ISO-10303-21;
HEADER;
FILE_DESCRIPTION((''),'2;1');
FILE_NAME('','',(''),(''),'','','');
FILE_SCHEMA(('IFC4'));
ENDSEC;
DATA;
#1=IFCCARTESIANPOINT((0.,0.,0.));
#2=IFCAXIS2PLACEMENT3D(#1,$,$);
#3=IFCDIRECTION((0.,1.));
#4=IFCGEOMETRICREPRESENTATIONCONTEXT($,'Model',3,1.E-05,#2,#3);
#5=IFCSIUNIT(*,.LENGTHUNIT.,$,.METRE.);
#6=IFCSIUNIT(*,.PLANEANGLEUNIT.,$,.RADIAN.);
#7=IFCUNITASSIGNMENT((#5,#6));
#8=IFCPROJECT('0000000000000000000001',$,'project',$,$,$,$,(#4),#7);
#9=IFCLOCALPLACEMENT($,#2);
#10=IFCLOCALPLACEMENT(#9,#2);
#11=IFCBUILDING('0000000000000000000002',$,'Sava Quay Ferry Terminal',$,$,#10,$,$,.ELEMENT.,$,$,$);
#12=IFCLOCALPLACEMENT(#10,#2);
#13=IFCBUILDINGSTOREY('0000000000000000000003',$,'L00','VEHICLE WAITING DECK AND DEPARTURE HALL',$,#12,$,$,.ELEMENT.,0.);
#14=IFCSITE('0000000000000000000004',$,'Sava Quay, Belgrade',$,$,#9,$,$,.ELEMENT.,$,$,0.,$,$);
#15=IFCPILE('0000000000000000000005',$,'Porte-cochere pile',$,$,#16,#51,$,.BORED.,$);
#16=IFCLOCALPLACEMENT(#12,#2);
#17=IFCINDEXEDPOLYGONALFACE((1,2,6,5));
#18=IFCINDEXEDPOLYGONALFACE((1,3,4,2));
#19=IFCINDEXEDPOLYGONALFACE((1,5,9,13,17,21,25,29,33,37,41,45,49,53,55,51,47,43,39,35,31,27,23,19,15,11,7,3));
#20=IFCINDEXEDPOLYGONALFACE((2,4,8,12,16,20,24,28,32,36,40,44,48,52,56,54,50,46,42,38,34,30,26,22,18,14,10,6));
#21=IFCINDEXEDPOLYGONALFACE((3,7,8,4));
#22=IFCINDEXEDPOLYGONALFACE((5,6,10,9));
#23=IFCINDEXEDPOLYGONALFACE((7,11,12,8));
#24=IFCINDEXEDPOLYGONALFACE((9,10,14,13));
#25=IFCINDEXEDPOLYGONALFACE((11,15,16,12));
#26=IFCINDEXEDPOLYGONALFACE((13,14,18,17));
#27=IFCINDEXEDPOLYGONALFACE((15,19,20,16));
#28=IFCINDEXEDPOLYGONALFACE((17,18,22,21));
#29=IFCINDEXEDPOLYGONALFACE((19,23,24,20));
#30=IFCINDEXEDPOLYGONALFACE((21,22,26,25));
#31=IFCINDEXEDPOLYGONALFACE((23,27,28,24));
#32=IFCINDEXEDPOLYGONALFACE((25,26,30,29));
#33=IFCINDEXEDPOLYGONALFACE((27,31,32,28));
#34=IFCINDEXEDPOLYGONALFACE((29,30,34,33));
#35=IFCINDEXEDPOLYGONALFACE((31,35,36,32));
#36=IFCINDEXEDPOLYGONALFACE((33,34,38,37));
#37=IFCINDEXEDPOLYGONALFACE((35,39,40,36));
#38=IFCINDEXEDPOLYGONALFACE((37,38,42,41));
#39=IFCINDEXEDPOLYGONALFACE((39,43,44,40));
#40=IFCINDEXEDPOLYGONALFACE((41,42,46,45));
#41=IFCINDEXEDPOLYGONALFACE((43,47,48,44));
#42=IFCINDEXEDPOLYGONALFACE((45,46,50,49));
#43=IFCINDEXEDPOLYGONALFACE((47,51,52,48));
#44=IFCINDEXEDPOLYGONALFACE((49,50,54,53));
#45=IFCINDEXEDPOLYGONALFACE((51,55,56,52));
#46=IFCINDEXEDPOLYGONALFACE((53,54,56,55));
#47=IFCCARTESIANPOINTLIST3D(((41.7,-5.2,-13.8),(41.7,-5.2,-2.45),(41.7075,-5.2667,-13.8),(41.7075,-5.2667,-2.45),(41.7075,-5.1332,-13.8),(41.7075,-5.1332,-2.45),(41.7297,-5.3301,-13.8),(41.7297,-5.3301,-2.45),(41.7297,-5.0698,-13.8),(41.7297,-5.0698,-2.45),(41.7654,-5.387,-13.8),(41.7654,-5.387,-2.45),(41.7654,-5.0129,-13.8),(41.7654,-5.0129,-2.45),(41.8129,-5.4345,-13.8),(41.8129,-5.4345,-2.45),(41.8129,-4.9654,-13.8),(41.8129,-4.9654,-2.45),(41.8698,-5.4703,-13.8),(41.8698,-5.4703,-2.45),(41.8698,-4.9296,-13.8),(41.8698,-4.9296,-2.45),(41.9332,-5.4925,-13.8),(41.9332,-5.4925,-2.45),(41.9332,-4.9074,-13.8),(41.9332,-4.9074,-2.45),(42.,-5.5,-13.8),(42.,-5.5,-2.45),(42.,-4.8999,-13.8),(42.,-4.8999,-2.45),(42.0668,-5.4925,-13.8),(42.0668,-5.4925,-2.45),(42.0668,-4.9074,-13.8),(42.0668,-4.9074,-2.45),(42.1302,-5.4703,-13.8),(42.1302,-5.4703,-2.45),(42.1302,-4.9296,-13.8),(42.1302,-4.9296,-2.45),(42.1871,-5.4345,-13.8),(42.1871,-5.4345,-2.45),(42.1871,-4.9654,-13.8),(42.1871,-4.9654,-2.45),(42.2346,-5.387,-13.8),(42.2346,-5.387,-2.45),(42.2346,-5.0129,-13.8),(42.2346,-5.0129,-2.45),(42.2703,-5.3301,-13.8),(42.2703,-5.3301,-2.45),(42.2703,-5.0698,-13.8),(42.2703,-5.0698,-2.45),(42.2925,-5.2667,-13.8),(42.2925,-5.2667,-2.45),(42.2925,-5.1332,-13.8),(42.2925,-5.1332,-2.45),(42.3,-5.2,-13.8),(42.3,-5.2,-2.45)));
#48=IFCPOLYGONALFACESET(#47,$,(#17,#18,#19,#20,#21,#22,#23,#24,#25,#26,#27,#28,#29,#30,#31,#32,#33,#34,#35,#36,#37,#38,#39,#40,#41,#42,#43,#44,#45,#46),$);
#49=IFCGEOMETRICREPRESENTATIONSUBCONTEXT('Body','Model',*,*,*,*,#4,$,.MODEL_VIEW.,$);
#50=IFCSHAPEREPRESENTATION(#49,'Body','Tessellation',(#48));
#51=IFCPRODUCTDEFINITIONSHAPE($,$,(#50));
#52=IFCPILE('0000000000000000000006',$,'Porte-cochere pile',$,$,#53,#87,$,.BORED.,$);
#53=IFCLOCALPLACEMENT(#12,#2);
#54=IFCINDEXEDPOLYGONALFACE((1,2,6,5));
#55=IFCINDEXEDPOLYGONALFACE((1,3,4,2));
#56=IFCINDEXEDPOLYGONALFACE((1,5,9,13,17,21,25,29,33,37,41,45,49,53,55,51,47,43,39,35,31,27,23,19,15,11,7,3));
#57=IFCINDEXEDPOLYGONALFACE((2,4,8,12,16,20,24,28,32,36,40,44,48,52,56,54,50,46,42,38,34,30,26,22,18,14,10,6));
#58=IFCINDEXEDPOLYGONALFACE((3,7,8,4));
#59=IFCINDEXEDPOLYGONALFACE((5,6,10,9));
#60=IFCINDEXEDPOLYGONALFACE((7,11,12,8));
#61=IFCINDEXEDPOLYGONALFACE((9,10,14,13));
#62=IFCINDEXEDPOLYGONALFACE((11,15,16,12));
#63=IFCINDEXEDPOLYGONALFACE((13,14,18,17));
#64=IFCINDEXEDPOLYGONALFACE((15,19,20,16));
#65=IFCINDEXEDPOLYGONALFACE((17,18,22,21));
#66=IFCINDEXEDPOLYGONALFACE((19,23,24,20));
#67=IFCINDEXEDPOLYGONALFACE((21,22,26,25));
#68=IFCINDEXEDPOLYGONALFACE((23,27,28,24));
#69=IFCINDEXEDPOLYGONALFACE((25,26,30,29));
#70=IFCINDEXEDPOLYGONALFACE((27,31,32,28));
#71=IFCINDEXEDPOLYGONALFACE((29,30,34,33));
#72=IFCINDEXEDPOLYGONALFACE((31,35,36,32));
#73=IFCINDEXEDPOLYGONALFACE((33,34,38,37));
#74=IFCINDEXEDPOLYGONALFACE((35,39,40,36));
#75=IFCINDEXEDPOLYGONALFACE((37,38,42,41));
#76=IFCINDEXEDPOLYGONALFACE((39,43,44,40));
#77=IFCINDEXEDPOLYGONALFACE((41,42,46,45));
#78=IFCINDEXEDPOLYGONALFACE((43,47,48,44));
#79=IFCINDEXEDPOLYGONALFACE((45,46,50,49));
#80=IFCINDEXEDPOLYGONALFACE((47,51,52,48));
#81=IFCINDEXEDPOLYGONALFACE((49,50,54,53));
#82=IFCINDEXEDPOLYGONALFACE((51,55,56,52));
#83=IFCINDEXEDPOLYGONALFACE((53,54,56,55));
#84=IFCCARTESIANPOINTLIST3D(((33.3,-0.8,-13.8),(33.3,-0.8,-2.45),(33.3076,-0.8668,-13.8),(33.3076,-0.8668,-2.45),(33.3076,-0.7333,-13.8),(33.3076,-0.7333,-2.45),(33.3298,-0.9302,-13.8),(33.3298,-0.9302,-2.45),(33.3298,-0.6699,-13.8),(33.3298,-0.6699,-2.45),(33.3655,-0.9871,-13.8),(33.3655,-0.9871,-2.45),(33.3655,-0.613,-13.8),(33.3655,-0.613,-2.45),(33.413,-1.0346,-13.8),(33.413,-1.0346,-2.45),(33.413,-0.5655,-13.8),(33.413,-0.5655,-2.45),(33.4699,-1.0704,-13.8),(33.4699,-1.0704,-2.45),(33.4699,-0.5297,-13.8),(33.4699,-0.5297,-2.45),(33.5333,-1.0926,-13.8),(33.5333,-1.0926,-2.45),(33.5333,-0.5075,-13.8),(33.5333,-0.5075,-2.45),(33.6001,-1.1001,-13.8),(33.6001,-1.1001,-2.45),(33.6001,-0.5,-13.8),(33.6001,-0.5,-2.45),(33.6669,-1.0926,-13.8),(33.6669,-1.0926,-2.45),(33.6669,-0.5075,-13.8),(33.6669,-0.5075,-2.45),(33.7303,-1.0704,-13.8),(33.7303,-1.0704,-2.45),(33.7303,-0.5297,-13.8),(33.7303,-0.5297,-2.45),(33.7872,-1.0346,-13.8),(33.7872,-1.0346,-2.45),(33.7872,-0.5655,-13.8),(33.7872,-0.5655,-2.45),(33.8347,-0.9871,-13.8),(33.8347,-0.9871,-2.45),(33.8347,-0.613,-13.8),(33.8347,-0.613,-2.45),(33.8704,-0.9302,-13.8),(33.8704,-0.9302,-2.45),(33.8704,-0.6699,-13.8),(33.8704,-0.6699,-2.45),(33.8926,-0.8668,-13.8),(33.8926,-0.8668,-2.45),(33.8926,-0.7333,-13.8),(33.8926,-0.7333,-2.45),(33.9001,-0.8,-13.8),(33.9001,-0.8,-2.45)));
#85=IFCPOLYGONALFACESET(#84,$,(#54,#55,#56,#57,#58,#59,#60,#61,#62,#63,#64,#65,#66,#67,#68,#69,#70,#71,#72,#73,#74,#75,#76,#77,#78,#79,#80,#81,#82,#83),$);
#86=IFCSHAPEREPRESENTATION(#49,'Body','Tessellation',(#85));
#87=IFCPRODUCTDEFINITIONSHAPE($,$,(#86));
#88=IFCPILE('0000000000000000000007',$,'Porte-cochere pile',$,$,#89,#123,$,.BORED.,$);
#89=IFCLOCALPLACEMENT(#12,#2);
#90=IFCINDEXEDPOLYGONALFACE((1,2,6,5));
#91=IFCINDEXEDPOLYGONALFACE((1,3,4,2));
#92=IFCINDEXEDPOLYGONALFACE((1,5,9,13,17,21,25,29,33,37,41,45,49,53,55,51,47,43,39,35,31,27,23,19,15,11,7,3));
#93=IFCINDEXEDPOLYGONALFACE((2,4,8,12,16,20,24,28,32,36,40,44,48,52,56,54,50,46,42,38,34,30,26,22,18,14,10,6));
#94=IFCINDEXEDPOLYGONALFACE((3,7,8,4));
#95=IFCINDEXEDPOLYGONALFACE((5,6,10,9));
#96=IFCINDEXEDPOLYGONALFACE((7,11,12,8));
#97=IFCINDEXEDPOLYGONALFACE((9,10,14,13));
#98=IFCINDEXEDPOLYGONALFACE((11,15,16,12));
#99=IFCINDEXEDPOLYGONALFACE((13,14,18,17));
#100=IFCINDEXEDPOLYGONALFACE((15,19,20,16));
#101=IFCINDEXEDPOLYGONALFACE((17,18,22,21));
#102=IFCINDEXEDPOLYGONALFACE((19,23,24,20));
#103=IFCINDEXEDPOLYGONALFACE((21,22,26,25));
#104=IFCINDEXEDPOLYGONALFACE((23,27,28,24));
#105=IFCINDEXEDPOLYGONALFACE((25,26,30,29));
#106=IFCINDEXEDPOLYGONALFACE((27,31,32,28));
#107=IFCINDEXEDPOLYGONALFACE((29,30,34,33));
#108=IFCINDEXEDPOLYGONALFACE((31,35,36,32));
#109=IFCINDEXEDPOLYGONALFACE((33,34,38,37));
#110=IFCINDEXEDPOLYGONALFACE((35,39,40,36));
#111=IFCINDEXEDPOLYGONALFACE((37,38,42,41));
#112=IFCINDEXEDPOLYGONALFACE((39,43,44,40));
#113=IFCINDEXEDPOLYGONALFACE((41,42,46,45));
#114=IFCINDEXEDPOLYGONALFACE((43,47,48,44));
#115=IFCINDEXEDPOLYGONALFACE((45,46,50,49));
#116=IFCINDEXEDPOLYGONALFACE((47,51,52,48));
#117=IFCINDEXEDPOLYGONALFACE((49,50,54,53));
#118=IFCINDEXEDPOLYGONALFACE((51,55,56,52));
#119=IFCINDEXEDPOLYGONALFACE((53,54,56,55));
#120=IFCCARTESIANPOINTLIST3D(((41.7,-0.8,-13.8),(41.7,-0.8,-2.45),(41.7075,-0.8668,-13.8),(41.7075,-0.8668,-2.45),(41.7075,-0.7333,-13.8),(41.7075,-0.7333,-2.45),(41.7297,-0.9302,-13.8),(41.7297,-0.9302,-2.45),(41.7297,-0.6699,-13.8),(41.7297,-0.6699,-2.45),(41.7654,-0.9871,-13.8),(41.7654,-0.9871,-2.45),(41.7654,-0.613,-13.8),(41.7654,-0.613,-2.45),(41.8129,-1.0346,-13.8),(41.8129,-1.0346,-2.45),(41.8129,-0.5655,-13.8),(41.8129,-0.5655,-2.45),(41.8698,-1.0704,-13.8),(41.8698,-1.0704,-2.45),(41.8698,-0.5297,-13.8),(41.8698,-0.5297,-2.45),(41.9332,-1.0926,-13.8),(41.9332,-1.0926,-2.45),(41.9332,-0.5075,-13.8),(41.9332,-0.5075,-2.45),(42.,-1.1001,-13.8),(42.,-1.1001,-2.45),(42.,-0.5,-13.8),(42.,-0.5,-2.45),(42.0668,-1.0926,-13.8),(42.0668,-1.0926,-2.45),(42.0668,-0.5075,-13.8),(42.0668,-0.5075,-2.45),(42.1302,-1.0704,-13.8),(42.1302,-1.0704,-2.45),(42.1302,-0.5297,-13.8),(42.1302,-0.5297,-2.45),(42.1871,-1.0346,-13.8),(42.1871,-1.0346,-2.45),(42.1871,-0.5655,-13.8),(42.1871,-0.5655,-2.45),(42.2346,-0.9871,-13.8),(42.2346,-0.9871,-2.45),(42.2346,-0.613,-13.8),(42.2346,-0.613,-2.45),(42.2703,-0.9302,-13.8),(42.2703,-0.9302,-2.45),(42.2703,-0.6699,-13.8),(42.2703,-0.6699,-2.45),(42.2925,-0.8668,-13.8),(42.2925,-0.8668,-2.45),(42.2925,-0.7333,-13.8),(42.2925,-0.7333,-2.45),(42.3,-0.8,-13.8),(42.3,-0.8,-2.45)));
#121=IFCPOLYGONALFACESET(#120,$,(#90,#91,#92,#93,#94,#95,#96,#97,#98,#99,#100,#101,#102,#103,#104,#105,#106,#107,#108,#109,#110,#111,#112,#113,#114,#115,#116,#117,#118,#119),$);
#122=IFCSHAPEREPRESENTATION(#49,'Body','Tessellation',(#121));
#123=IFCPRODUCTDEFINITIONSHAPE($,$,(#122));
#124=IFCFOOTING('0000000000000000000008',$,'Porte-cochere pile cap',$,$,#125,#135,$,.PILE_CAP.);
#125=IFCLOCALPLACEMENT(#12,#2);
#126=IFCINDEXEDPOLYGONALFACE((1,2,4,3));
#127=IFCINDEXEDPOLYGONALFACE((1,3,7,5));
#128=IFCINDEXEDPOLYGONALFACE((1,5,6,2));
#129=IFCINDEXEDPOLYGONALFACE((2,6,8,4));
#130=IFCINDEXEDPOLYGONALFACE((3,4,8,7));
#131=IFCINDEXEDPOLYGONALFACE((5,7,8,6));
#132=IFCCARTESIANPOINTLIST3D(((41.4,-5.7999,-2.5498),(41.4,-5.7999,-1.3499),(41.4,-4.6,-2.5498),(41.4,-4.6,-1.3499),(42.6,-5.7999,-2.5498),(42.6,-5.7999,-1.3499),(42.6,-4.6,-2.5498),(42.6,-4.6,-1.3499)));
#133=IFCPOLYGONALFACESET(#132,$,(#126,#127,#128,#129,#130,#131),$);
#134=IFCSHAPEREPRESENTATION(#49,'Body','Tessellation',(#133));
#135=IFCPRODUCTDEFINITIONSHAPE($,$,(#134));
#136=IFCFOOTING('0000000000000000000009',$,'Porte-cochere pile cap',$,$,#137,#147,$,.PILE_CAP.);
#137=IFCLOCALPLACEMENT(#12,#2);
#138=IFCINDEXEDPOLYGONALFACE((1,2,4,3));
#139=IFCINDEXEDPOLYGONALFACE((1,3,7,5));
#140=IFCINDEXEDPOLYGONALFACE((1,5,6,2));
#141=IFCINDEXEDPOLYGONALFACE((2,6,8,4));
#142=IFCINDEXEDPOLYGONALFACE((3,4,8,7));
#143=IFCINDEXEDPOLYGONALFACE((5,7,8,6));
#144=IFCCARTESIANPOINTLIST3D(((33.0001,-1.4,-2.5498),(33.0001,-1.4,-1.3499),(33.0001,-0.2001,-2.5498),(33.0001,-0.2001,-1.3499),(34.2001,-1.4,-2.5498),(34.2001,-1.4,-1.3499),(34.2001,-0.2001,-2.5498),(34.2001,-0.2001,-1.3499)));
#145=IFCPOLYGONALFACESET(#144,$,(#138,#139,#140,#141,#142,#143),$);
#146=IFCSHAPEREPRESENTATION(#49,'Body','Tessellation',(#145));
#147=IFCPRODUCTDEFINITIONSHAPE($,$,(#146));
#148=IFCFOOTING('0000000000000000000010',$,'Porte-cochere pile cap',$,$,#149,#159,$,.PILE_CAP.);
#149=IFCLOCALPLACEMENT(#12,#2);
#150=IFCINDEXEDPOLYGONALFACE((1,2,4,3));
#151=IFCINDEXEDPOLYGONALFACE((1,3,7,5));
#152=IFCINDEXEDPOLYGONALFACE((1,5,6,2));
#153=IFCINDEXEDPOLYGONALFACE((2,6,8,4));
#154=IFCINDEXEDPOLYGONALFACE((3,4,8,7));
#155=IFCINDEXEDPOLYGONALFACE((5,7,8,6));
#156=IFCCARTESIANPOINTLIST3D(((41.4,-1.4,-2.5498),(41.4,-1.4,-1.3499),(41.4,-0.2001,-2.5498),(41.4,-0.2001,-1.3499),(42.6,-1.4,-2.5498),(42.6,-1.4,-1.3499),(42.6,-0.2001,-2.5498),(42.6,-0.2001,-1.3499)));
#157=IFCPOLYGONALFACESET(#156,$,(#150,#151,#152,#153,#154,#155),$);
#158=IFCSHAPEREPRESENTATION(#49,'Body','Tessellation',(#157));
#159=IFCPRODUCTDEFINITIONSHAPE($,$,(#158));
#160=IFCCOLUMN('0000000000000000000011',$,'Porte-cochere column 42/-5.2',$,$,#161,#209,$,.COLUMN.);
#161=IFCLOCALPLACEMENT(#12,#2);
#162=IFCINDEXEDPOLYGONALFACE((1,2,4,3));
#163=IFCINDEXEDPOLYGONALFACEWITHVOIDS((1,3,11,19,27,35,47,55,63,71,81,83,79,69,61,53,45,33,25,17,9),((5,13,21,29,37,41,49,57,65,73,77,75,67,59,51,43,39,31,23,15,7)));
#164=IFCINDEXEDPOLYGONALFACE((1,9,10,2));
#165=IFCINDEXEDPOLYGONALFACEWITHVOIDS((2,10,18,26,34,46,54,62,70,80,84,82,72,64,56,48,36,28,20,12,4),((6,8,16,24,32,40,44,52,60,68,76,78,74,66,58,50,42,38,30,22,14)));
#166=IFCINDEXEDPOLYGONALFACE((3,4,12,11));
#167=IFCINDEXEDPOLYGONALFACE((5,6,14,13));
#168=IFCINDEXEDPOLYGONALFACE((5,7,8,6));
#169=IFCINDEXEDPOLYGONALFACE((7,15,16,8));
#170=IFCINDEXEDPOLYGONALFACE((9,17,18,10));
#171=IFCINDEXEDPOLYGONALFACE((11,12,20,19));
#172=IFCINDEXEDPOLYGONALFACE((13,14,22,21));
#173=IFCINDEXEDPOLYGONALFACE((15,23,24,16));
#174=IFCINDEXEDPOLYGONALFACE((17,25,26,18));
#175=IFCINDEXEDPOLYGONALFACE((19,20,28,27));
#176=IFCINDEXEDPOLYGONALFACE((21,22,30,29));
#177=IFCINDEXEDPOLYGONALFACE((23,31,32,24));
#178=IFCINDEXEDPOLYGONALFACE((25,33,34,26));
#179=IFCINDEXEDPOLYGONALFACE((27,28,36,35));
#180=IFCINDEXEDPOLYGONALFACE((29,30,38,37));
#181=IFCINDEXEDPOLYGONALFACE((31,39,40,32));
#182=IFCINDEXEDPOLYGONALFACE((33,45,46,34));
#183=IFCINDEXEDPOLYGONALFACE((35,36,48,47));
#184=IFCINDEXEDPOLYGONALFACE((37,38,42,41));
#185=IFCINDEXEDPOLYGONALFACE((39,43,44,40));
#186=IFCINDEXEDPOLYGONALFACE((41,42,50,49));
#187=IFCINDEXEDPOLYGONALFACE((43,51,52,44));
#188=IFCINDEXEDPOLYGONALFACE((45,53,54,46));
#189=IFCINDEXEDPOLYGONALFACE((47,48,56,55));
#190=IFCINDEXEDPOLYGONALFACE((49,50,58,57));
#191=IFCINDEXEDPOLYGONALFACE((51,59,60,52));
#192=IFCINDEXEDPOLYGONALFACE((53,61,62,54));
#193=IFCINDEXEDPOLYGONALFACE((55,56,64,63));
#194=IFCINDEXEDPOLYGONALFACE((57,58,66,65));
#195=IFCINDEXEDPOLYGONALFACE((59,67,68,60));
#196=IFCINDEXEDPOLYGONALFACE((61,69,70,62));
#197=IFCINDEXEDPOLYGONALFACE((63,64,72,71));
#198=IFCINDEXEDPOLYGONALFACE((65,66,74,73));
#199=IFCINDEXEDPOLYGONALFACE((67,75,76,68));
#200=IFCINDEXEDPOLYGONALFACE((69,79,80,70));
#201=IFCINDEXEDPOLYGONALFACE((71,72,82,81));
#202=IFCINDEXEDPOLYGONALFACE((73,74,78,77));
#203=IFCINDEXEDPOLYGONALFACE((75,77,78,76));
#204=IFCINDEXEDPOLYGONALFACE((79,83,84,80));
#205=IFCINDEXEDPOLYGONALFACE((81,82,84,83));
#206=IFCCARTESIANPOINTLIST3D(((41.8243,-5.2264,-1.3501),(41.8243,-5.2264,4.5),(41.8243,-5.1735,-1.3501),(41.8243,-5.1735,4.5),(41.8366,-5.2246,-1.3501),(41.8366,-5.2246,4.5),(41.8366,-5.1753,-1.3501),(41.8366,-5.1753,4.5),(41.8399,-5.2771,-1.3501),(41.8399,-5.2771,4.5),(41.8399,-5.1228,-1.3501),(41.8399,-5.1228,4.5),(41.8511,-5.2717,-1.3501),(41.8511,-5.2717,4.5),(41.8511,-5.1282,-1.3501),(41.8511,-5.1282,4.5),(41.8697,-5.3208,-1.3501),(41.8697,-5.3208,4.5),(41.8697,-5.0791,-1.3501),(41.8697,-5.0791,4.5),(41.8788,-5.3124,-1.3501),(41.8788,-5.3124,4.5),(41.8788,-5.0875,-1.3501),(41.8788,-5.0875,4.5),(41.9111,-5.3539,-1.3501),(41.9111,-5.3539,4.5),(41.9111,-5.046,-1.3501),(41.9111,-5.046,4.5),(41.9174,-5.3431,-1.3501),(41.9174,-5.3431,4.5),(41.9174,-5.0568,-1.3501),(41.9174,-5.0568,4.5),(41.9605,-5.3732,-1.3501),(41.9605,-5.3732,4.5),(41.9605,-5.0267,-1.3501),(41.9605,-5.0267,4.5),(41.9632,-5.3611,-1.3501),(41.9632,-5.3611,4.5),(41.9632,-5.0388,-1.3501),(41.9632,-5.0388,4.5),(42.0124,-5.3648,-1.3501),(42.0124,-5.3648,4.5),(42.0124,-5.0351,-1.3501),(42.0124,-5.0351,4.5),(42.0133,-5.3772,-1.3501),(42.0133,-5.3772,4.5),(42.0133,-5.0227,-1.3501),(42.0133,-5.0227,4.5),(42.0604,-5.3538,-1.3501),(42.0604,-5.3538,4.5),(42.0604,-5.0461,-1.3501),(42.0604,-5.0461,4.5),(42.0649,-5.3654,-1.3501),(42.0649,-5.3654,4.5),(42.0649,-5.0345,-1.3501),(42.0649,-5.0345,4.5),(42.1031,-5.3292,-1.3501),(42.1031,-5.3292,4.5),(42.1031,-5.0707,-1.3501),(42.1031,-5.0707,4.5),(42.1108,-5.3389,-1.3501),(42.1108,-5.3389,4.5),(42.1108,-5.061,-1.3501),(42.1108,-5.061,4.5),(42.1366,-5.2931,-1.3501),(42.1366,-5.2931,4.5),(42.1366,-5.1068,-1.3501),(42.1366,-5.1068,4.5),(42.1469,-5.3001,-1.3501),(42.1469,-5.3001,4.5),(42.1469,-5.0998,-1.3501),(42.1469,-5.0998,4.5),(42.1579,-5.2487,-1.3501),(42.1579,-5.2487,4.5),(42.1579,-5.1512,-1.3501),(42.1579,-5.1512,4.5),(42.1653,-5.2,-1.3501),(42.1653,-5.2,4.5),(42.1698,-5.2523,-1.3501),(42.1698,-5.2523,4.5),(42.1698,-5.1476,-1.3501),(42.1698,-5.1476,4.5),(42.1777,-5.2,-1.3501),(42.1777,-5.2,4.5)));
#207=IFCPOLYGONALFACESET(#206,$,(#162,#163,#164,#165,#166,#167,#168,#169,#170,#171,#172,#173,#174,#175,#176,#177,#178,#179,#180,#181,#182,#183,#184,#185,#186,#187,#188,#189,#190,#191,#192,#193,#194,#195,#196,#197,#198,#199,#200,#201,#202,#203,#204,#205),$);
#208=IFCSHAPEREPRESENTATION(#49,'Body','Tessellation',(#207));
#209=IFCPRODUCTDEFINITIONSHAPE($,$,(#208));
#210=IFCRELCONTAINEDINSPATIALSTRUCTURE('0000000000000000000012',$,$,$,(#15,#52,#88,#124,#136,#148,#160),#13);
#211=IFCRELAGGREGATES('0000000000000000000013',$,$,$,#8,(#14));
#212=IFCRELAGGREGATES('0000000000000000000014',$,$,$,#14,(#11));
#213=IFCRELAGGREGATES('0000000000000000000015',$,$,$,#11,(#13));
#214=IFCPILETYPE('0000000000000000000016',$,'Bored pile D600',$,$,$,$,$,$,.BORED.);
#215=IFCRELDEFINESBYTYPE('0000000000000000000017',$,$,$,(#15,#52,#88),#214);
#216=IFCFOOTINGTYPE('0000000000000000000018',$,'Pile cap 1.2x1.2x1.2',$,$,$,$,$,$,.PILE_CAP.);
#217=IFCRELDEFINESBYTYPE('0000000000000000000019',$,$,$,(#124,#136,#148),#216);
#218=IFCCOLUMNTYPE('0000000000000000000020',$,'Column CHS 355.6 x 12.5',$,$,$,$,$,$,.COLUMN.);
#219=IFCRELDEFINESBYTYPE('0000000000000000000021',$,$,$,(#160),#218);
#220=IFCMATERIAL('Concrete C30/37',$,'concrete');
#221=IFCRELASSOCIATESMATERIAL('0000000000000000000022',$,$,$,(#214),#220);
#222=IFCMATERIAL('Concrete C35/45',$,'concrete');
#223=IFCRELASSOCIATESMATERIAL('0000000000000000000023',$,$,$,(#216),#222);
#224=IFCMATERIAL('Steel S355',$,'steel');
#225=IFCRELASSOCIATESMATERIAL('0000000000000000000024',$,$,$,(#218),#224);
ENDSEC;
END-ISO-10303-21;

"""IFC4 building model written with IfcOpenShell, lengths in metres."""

from ifc_helpers import new_model, si_unit, direction, frame, origin, origin_2d, place, context, subcontext, project, spatial, rectangle, circle, hollow_circle, extrude, material, material_profile, profile_set, type_object, element, save


model = new_model("IFC4")

# Units and contexts
model_context = context("Model", 3, precision=1e-05, world=origin(), true_north=direction((0.0, 1.0)))
body_context = subcontext(model_context, "Body", "Model", "MODEL_VIEW")
ifc_project = project(units=[si_unit("LENGTHUNIT", "METRE"), si_unit("PLANEANGLEUNIT", "RADIAN")], contexts=[model_context])

# Site, building, storey
site_placement = place(None, origin())
site = spatial("IfcSite", under=ifc_project, at=site_placement, Name="Sava Quay, Belgrade", CompositionType="ELEMENT", RefElevation=0.0)
building_placement = place(site_placement, origin())
building = spatial("IfcBuilding", under=site, at=building_placement, Name="Sava Quay Ferry Terminal", CompositionType="ELEMENT")
storey_placement = place(building_placement, origin())
storey = spatial("IfcBuildingStorey", under=building, at=storey_placement, Name="L00", Description="VEHICLE WAITING DECK AND DEPARTURE HALL", CompositionType="ELEMENT", Elevation=0.0)

# Piles
ifc_material_1 = material(Name="Concrete C30/37", Category="concrete")
ifc_material_profile_1 = material_profile(ifc_material_1, circle(Radius=0.3, at=origin_2d()), Name="Bored pile D600")
ifc_profile_set_1 = profile_set([ifc_material_profile_1], Name="Concrete C30/37")
pile_type = type_object("IfcPileType", Name="Bored pile D600", PredefinedType="BORED", material=ifc_profile_set_1)
for number, where, z_axis, x_axis, name in (
    (1, (42.0, -5.2, -2.45), (0.0, 0.0, -1.0), (1.0, 0.0, 0.0), "Porte-cochere pile"),
    (2, (33.6001, -0.8, -2.45), (0.0, 0.0, -1.0), (1.0, 0.0, 0.0), "Porte-cochere pile"),
    (3, (42.0, -0.8, -2.45), (0.0, 0.0, -1.0), (1.0, 0.0, 0.0), "Porte-cochere pile"),
):
    element("IfcPile", number, at=place(storey_placement, frame(where, z_axis=z_axis, x_axis=x_axis)), inside=storey, type_object=pile_type, Name=name, PredefinedType="BORED", context=body_context, shape_type="SweptSolid", body=[
        extrude(circle(Radius=0.3, at=origin_2d()), origin(), (0.0, 0.0, 1.0), 11.3501),
    ])

# Footings
ifc_material_2 = material(Name="Concrete C35/45", Category="concrete")
footing_type = type_object("IfcFootingType", Name="Pile cap 1.2x1.2x1.2", PredefinedType="PILE_CAP", material=ifc_material_2)
for number, where, z_axis, x_axis, name in (
    (4, (42.0, -5.2, -2.5498), (0.0, 0.0, 1.0), (1.0, 0.0, 0.0), "Porte-cochere pile cap"),
    (5, (33.6001, -0.8, -2.5498), (0.0, 0.0, 1.0), (1.0, 0.0, 0.0), "Porte-cochere pile cap"),
    (6, (42.0, -0.8, -2.5498), (0.0, 0.0, 1.0), (1.0, 0.0, 0.0), "Porte-cochere pile cap"),
):
    element("IfcFooting", number, at=place(storey_placement, frame(where, z_axis=z_axis, x_axis=x_axis)), inside=storey, type_object=footing_type, Name=name, PredefinedType="PILE_CAP", context=body_context, shape_type="SweptSolid", body=[
        extrude(rectangle(XDim=1.2, YDim=1.2, at=origin_2d()), origin(), (0.0, 0.0, 1.0), 1.2),
    ])

# Column
ifc_material_3 = material(Name="Steel S355", Category="steel")
ifc_material_profile_2 = material_profile(ifc_material_3, hollow_circle(Radius=0.1777, WallThickness=0.0125, at=origin_2d()), Name="CHS 355.6 x 12.5")
ifc_profile_set_2 = profile_set([ifc_material_profile_2], Name="Steel S355")
column_type = type_object("IfcColumnType", Name="Column CHS 355.6 x 12.5", PredefinedType="COLUMN", material=ifc_profile_set_2)
for number, where, z_axis, x_axis, name in (
    (7, (42.0, -5.2, -1.3501), (0.0, 0.0, 1.0), (1.0, 0.0, 0.0), "Porte-cochere column 42/-5.2"),
):
    element("IfcColumn", number, at=place(storey_placement, frame(where, z_axis=z_axis, x_axis=x_axis)), inside=storey, type_object=column_type, Name=name, PredefinedType="COLUMN", context=body_context, shape_type="SweptSolid", body=[
        extrude(hollow_circle(Radius=0.1777, WallThickness=0.0125, at=origin_2d()), origin(), (0.0, 0.0, 1.0), 5.8501),
    ])

save(model, "model.ifc")
